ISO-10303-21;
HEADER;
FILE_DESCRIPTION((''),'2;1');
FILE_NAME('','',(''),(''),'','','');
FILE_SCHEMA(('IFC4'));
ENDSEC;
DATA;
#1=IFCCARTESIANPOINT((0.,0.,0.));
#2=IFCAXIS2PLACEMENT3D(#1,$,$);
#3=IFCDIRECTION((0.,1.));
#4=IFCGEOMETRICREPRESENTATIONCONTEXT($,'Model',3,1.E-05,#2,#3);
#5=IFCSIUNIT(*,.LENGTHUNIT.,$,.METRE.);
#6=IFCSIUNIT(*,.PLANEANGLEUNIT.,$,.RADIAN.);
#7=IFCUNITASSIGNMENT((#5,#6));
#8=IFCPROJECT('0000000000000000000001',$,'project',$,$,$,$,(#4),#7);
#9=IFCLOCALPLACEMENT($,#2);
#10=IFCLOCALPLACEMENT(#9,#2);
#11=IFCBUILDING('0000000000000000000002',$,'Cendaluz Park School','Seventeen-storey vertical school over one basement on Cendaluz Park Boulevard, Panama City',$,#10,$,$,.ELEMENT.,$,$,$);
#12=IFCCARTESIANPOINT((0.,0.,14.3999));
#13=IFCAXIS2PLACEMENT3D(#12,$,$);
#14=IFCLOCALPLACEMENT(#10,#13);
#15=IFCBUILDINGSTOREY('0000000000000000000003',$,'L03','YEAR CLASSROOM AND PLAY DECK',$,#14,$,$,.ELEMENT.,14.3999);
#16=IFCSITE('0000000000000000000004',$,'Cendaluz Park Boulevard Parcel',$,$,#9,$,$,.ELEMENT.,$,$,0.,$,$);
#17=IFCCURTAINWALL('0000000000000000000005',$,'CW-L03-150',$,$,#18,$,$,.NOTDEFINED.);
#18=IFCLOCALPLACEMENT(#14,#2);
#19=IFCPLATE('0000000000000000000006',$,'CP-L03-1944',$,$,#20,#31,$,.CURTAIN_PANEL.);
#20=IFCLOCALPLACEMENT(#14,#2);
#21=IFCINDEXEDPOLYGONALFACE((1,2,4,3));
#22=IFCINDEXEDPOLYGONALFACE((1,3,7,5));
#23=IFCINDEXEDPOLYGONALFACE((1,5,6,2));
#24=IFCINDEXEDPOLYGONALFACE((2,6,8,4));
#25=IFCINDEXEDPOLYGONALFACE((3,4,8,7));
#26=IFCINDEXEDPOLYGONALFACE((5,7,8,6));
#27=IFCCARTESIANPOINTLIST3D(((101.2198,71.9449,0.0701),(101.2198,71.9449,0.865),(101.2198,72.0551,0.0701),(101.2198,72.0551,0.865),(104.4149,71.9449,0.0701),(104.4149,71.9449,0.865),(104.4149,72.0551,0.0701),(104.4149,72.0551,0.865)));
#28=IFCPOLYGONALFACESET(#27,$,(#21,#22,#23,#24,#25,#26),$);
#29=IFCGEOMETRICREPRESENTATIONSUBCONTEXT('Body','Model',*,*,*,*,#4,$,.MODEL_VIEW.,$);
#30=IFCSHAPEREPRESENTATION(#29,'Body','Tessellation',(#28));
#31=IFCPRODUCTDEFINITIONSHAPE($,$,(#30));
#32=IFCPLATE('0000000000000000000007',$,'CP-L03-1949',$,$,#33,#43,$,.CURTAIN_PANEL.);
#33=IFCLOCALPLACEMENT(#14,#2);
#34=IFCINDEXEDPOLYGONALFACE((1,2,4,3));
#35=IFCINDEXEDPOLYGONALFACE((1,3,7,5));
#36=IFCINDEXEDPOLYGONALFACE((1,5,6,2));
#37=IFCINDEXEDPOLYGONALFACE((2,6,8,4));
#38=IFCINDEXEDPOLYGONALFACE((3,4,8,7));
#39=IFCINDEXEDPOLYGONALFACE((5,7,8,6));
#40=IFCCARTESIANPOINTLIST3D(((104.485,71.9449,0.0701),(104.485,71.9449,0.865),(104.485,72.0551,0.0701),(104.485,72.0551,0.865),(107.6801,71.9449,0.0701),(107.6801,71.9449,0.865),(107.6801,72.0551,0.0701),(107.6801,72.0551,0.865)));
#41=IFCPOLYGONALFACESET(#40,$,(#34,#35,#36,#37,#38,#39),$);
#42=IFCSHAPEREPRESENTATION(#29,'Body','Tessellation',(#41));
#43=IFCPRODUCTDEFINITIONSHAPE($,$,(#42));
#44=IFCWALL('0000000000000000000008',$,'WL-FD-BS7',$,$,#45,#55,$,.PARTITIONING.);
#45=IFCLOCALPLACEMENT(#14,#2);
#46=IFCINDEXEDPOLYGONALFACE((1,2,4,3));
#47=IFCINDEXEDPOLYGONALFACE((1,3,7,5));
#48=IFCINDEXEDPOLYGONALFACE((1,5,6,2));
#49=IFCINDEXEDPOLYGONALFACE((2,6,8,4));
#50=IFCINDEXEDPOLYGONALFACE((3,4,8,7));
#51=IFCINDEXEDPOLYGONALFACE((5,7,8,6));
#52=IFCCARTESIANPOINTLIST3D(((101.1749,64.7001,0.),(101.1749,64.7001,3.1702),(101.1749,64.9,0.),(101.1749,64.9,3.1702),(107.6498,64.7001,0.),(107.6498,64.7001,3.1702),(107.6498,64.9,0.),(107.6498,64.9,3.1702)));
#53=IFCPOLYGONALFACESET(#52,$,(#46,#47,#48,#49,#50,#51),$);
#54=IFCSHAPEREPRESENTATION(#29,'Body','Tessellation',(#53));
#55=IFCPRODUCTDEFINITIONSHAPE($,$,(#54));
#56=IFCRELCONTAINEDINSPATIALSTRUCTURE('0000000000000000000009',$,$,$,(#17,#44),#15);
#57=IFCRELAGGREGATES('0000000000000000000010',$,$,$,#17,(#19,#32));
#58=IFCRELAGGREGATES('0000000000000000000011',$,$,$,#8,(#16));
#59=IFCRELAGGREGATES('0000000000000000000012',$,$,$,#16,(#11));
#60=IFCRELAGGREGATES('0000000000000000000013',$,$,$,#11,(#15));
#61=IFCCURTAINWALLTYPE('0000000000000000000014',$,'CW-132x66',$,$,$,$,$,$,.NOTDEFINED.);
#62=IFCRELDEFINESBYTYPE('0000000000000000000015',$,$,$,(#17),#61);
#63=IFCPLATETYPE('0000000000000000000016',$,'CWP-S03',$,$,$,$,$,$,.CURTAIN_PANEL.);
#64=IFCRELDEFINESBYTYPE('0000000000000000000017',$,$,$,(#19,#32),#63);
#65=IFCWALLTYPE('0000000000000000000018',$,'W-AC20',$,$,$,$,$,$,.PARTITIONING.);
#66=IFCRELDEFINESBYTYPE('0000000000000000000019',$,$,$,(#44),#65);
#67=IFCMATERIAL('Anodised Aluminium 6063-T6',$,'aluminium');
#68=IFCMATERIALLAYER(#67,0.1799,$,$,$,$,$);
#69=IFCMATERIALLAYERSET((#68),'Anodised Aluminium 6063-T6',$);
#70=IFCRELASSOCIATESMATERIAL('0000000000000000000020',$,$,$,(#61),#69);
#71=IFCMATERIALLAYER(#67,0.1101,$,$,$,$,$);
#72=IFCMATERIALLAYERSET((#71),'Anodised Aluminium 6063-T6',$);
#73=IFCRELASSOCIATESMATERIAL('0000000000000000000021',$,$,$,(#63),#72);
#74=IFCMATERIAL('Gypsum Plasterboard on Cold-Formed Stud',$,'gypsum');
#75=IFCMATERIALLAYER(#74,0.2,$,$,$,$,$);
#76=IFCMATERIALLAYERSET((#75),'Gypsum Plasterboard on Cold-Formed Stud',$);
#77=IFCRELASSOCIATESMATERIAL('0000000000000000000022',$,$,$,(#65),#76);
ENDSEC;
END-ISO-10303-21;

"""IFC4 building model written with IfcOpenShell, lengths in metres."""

from ifc_helpers import new_model, si_unit, direction, frame, frame_2d, origin, origin_2d, place, context, subcontext, project, spatial, rectangle, extrude, material, layer, layer_set, type_object, element, aggregate, save


model = new_model("IFC4")

# Units and contexts
model_context = context("Model", 3, precision=1e-05, world=origin(), true_north=direction((0.0, 1.0)))
body_context = subcontext(model_context, "Body", "Model", "MODEL_VIEW")
ifc_project = project(units=[si_unit("LENGTHUNIT", "METRE"), si_unit("PLANEANGLEUNIT", "RADIAN")], contexts=[model_context])

# Site, building, storey
site_placement = place(None, origin())
site = spatial("IfcSite", under=ifc_project, at=site_placement, Name="Cendaluz Park Boulevard Parcel", CompositionType="ELEMENT", RefElevation=0.0)
building_placement = place(site_placement, origin())
building = spatial("IfcBuilding", under=site, at=building_placement, Name="Cendaluz Park School", Description="Seventeen-storey vertical school over one basement on Cendaluz Park Boulevard, Panama City", CompositionType="ELEMENT")
storey_placement = place(building_placement, frame((0.0, 0.0, 14.3999)))
storey = spatial("IfcBuildingStorey", under=building, at=storey_placement, Name="L03", Description="YEAR CLASSROOM AND PLAY DECK", CompositionType="ELEMENT", Elevation=14.3999)

# Curtain wall
ifc_material_1 = material(Name="Anodised Aluminium 6063-T6", Category="aluminium")
ifc_layer_1 = layer(ifc_material_1, 0.1799)
ifc_layer_set_1 = layer_set([ifc_layer_1], Name="Anodised Aluminium 6063-T6")
curtain_wall_type_1 = type_object("IfcCurtainWallType", Name="CW-132x66", PredefinedType="NOTDEFINED", material=ifc_layer_set_1)
curtain_wall_1_placement = place(storey_placement, origin())
curtain_wall_1 = element("IfcCurtainWall", 1, at=curtain_wall_1_placement, inside=storey, type_object=curtain_wall_type_1, Name="CW-L03-150", PredefinedType="NOTDEFINED")

# Plates
ifc_layer_2 = layer(ifc_material_1, 0.1101)
ifc_layer_set_2 = layer_set([ifc_layer_2], Name="Anodised Aluminium 6063-T6")
plate_type_1 = type_object("IfcPlateType", Name="CWP-S03", PredefinedType="CURTAIN_PANEL", material=ifc_layer_set_2)
plate_1_placement = place(storey_placement, frame((102.8174, 72.0, 0.0701), z_axis=(0.0, 0.0, 1.0), x_axis=(1.0, 0.0, 0.0)))
plate_1 = element("IfcPlate", 2, at=plate_1_placement, type_object=plate_type_1, Name="CP-L03-1944", PredefinedType="CURTAIN_PANEL", context=body_context, shape_type="SweptSolid", body=[
    extrude(rectangle(XDim=3.1951, YDim=0.1101, at=origin_2d()), origin(), (0.0, 0.0, 1.0), 0.7949),
])
plate_2_placement = place(storey_placement, frame((106.0825, 72.0, 0.0701), z_axis=(0.0, 0.0, 1.0), x_axis=(1.0, 0.0, 0.0)))
plate_2 = element("IfcPlate", 3, at=plate_2_placement, type_object=plate_type_1, Name="CP-L03-1949", PredefinedType="CURTAIN_PANEL", context=body_context, shape_type="SweptSolid", body=[
    extrude(rectangle(XDim=3.1951, YDim=0.1101, at=origin_2d()), origin(), (0.0, 0.0, 1.0), 0.7949),
])
aggregate(curtain_wall_1, [plate_1, plate_2])

# Wall
ifc_material_2 = material(Name="Gypsum Plasterboard on Cold-Formed Stud", Category="gypsum")
ifc_layer_3 = layer(ifc_material_2, 0.2)
ifc_layer_set_3 = layer_set([ifc_layer_3], Name="Gypsum Plasterboard on Cold-Formed Stud")
wall_type = type_object("IfcWallType", Name="W-AC20", PredefinedType="PARTITIONING", material=ifc_layer_set_3)
wall_placement = place(storey_placement, frame((101.175, 64.8, 0.0), z_axis=(0.0, 0.0, 1.0), x_axis=(1.0, 0.0, 0.0)))
element("IfcWall", 4, at=wall_placement, inside=storey, type_object=wall_type, Name="WL-FD-BS7", PredefinedType="PARTITIONING", context=body_context, shape_type="SweptSolid", body=[
    extrude(rectangle(XDim=6.4749, YDim=0.2, at=frame_2d((3.2373, 0.0))), origin(), (0.0, 0.0, 1.0), 3.1702),
])

save(model, "model.ifc")
